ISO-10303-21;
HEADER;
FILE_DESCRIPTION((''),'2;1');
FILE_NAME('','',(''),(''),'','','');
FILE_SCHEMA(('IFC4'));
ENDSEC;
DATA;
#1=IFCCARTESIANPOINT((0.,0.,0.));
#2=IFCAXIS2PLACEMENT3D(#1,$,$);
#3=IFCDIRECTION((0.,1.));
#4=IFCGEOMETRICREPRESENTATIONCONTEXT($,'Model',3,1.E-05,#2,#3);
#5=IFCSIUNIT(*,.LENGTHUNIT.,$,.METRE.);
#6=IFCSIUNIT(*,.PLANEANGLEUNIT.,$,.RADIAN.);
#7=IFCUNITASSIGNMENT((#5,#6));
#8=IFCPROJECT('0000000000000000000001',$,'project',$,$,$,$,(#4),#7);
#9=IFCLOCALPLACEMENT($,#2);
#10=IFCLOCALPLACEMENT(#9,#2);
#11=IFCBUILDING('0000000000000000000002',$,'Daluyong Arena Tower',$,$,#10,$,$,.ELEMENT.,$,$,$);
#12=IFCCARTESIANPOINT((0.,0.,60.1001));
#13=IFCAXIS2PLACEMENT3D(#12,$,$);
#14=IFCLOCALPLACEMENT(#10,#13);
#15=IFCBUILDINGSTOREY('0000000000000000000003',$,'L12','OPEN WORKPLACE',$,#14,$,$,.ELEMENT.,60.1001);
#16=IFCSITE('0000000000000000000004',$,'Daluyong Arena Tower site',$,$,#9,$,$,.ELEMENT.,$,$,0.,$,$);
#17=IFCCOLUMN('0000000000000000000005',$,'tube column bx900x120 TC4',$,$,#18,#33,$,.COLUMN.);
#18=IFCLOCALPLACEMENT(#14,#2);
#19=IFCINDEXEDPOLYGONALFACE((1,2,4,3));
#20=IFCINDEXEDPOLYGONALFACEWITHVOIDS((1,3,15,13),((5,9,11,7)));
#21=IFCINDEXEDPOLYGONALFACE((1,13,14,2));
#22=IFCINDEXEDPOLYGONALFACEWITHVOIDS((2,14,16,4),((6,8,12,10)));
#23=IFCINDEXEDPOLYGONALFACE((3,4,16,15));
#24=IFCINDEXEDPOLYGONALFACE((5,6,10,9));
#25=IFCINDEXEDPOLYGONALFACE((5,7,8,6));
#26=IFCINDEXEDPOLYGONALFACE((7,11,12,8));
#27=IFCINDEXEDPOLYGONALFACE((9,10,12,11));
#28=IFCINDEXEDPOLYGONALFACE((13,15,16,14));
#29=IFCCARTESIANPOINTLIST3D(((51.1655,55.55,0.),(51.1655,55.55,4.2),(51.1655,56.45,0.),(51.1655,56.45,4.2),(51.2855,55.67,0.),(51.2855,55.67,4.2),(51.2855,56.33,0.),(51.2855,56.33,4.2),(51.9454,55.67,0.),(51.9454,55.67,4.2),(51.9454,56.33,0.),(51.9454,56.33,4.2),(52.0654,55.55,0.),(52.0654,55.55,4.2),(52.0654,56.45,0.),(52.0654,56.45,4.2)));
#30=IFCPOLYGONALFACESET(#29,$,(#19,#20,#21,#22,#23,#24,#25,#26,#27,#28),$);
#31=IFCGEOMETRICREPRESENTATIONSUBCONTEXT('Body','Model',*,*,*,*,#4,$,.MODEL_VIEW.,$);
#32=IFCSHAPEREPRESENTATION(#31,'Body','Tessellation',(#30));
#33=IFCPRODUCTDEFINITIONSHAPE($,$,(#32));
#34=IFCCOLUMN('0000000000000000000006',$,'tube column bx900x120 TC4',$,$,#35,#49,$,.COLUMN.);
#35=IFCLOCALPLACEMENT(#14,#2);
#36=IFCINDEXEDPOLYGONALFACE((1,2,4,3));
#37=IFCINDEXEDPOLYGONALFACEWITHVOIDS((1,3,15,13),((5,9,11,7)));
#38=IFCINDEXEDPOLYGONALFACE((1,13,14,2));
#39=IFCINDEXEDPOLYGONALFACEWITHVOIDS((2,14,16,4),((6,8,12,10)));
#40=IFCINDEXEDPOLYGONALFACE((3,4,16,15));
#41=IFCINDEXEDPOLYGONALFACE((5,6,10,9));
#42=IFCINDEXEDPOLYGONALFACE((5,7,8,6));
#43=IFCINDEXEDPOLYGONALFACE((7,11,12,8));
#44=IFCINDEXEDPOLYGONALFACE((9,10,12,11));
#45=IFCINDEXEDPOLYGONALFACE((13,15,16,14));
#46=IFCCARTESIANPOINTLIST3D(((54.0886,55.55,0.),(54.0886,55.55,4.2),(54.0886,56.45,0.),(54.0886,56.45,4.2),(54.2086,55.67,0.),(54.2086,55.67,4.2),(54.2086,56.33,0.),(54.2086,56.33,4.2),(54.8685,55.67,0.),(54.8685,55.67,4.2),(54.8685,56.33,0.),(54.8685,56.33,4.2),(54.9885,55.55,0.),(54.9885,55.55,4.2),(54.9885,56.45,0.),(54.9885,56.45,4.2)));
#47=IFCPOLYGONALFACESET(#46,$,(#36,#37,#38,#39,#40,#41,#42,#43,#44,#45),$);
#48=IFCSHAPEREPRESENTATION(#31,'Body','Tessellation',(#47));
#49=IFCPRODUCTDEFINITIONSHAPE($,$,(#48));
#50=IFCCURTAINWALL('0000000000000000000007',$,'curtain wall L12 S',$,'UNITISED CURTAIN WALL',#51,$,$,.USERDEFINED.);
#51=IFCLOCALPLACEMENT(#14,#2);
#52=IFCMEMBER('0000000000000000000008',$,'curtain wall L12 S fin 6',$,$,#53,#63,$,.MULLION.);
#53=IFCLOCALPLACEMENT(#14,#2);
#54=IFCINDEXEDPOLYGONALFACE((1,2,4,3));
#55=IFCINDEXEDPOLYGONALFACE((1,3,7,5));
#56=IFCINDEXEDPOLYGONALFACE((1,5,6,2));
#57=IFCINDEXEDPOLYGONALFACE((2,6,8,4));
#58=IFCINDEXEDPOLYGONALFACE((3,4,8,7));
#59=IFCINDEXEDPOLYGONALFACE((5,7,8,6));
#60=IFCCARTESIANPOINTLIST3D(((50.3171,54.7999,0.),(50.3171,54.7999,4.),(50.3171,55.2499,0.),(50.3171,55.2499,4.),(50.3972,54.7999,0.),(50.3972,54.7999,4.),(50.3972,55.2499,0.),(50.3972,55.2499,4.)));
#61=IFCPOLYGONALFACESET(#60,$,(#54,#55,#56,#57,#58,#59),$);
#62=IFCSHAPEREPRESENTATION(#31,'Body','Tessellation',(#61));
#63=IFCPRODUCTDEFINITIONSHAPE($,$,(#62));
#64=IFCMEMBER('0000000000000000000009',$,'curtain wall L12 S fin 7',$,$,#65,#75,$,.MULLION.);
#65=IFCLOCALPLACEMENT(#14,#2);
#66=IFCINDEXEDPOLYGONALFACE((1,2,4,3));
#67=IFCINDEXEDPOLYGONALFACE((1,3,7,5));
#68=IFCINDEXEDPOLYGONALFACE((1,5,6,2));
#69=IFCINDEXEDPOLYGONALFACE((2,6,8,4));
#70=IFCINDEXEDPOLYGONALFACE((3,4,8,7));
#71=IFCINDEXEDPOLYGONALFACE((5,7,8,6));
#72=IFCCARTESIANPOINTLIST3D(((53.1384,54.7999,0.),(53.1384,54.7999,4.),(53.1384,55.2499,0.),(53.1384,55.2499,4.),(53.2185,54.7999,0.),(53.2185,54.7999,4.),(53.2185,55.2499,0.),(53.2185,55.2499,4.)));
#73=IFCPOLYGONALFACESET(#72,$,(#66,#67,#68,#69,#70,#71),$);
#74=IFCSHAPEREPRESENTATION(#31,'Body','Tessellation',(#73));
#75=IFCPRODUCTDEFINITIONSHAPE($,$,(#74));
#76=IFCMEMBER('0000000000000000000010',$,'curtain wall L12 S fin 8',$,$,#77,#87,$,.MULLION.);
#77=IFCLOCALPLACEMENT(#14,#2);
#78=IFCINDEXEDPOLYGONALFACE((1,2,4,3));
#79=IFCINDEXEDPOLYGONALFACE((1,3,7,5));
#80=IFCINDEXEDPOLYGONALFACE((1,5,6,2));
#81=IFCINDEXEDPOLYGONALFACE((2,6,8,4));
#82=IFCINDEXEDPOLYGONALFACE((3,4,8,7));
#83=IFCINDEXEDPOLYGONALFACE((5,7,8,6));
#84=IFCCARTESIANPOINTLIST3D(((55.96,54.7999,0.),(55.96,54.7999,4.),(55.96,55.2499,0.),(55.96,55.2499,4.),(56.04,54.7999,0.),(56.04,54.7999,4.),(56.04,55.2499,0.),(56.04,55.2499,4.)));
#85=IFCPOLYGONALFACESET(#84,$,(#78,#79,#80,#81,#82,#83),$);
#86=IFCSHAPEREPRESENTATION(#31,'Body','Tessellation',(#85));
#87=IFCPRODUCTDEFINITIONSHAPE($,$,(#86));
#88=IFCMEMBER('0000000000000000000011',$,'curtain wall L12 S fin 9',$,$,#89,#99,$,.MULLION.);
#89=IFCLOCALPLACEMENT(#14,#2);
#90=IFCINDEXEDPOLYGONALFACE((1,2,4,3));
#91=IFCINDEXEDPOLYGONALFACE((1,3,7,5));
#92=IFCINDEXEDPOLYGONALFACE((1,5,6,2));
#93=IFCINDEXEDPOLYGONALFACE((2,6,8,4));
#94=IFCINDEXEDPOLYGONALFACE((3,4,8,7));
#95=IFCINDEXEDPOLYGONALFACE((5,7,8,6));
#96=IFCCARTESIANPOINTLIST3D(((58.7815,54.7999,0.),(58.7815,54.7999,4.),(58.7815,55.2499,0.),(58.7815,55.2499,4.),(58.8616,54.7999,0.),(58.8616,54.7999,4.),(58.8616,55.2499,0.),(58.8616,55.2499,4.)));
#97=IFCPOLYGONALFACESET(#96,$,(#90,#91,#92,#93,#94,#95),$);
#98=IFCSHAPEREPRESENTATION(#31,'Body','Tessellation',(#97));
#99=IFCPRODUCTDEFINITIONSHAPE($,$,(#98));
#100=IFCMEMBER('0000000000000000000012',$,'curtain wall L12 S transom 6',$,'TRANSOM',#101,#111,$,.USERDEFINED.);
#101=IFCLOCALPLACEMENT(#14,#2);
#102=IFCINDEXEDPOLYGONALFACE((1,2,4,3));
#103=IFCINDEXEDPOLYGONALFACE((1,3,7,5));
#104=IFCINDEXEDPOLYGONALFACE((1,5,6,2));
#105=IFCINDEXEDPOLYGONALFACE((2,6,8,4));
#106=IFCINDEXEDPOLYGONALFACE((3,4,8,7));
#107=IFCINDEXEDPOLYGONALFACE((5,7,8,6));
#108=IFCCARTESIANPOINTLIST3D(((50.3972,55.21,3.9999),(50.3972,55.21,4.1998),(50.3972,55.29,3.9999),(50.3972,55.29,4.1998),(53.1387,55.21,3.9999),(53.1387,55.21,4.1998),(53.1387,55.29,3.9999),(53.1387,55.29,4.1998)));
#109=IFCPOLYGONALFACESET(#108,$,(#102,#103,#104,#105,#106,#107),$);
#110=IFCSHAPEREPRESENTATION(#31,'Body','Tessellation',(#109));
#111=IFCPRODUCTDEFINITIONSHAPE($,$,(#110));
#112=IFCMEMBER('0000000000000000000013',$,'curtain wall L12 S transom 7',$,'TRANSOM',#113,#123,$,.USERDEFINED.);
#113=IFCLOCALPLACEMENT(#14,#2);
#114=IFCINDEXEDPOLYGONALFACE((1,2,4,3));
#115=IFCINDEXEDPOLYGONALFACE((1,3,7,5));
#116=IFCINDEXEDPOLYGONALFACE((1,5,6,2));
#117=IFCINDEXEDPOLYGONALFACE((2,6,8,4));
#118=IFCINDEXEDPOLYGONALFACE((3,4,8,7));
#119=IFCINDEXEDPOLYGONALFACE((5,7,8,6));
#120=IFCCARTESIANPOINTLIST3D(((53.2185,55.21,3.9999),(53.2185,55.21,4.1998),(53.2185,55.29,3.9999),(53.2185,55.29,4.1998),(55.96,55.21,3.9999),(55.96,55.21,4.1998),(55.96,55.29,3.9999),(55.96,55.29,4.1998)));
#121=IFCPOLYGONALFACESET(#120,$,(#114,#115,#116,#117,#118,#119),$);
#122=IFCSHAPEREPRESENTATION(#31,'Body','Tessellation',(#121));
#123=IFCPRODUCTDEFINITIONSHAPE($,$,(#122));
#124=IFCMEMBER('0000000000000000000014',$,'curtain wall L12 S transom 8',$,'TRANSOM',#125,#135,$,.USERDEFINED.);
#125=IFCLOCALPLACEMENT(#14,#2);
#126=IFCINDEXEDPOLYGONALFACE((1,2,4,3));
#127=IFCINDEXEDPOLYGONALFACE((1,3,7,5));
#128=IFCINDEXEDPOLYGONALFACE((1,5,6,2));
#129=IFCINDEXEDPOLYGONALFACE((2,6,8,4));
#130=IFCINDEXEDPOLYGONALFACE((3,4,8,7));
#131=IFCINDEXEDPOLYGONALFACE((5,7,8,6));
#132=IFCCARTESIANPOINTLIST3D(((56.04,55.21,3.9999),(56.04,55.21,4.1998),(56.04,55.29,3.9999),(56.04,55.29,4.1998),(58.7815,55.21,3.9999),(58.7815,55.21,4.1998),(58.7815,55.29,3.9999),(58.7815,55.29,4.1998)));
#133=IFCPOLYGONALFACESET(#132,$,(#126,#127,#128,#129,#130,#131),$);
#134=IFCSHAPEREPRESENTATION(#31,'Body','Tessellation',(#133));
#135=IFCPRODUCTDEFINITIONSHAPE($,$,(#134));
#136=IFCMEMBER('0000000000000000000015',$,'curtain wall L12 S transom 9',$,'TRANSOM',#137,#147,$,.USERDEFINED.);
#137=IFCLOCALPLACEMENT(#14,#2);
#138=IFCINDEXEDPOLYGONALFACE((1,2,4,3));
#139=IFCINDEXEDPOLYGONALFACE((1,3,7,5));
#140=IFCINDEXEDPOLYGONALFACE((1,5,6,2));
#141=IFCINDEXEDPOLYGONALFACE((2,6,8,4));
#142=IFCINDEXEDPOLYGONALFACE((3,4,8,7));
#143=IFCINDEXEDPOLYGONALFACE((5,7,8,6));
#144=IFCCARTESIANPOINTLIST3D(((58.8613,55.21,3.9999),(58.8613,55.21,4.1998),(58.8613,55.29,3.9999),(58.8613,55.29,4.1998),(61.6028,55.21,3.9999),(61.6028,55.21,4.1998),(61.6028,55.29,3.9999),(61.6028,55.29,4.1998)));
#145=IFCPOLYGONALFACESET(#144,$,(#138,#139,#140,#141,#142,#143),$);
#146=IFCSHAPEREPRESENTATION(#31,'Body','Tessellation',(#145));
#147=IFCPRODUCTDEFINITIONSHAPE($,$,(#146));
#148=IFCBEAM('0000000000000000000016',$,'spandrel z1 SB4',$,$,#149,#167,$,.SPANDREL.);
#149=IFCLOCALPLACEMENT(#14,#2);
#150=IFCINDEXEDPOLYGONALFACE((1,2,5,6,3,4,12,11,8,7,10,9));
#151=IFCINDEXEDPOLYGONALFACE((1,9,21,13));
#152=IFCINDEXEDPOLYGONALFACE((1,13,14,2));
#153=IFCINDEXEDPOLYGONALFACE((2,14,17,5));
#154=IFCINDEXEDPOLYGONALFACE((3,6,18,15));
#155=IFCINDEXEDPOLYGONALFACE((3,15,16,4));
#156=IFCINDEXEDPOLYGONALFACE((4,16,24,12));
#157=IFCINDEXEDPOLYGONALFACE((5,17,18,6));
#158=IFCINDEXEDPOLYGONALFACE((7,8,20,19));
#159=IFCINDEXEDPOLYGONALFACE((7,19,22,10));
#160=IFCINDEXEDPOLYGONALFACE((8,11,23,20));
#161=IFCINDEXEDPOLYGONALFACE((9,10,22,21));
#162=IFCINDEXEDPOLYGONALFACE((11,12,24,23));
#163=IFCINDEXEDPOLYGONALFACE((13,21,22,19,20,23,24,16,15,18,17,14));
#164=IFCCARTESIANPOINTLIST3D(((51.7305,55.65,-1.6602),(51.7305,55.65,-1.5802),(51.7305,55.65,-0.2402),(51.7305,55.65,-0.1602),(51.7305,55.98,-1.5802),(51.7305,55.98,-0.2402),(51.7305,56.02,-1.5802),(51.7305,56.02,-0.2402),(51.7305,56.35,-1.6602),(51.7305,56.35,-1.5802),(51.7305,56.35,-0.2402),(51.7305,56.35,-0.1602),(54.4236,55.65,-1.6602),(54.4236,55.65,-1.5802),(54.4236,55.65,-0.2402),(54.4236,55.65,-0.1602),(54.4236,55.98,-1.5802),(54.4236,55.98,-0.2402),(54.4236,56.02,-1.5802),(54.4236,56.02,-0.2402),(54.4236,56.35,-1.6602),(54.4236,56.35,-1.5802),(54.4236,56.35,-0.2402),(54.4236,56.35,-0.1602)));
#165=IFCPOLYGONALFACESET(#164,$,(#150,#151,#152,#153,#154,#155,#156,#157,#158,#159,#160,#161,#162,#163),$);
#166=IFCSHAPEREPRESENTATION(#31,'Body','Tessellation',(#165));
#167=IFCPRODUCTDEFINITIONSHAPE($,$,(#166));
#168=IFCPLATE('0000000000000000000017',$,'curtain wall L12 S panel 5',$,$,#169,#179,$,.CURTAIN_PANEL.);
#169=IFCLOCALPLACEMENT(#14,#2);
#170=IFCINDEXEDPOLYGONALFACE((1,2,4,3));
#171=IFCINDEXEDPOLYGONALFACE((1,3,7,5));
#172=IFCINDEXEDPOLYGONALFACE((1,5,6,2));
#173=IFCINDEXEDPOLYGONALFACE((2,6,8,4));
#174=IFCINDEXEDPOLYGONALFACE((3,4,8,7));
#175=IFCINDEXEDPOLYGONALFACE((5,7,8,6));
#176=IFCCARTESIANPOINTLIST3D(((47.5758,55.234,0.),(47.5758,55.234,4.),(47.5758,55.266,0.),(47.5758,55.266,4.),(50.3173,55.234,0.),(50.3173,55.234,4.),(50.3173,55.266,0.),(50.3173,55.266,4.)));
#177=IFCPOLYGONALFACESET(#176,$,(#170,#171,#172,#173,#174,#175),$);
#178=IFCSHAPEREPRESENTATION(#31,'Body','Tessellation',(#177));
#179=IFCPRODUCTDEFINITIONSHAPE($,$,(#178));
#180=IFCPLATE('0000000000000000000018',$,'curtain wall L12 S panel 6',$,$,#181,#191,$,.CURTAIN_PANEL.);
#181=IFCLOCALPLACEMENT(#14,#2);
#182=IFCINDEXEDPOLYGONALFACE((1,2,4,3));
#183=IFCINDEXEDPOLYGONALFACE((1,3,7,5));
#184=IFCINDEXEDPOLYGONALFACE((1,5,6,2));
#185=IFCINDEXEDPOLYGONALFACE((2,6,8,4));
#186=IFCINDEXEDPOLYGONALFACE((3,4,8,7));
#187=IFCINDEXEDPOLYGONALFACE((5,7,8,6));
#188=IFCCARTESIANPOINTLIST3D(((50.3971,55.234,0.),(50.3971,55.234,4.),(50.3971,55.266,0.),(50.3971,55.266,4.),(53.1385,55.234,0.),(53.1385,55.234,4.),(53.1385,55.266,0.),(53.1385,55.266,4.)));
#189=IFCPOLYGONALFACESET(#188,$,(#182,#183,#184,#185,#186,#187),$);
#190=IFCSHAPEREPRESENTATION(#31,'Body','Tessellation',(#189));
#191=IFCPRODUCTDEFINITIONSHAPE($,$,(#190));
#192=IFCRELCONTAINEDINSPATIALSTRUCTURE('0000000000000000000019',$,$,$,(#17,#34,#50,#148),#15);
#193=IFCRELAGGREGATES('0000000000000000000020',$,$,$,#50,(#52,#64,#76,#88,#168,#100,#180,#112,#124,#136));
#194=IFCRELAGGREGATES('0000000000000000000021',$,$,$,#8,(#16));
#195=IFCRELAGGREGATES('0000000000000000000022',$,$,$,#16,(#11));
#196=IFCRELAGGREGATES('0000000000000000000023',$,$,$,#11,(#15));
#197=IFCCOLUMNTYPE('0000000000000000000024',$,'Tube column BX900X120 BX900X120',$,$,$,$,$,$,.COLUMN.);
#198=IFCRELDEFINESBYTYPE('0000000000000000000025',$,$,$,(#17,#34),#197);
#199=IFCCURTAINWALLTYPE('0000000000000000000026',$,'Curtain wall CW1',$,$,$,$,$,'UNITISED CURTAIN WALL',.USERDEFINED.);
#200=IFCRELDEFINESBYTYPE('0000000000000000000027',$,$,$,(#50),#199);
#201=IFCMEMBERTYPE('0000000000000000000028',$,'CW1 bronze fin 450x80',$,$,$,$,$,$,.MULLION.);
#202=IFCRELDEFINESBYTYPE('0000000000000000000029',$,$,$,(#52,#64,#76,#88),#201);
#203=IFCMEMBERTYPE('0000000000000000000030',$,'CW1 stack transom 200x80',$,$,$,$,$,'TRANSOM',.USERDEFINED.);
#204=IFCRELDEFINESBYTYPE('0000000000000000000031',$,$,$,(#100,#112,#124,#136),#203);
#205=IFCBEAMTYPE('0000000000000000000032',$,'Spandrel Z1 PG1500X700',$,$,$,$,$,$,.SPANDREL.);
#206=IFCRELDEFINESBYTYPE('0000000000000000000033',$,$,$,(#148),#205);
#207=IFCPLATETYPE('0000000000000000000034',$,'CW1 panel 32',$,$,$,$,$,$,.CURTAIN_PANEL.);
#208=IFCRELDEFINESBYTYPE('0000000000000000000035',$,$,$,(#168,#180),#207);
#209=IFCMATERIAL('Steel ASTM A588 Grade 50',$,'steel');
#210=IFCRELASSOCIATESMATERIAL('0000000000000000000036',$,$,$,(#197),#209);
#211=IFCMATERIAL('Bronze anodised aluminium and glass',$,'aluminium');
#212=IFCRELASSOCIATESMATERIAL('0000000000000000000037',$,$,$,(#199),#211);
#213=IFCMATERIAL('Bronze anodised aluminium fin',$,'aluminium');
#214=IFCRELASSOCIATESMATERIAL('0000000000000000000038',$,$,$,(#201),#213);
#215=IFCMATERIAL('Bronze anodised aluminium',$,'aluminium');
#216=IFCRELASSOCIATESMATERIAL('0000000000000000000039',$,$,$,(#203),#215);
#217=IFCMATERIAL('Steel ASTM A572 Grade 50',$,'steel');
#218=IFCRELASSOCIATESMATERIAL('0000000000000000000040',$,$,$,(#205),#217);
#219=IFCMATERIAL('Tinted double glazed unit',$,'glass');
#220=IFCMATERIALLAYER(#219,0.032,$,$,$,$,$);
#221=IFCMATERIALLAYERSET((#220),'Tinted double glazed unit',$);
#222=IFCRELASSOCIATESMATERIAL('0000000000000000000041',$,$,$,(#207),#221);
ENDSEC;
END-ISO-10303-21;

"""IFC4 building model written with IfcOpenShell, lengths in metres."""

from ifc_helpers import new_model, si_unit, direction, frame, origin, origin_2d, place, context, subcontext, project, spatial, rectangle, hollow_rectangle, i_section, extrude, material, layer, layer_set, material_profile, profile_set, type_object, element, aggregate, save


model = new_model("IFC4")

# Units and contexts
model_context = context("Model", 3, precision=1e-05, world=origin(), true_north=direction((0.0, 1.0)))
body_context = subcontext(model_context, "Body", "Model", "MODEL_VIEW")
ifc_project = project(units=[si_unit("LENGTHUNIT", "METRE"), si_unit("PLANEANGLEUNIT", "RADIAN")], contexts=[model_context])

# Site, building, storey
site_placement = place(None, origin())
site = spatial("IfcSite", under=ifc_project, at=site_placement, Name="Daluyong Arena Tower site", CompositionType="ELEMENT", RefElevation=0.0)
building_placement = place(site_placement, origin())
building = spatial("IfcBuilding", under=site, at=building_placement, Name="Daluyong Arena Tower", CompositionType="ELEMENT")
storey_placement = place(building_placement, frame((0.0, 0.0, 60.1001)))
storey = spatial("IfcBuildingStorey", under=building, at=storey_placement, Name="L12", Description="OPEN WORKPLACE", CompositionType="ELEMENT", Elevation=60.1001)

# Columns
ifc_material_1 = material(Name="Steel ASTM A588 Grade 50", Category="steel")
ifc_material_profile_1 = material_profile(ifc_material_1, hollow_rectangle(XDim=0.8999, YDim=0.8999, WallThickness=0.12, at=origin_2d()))
ifc_profile_set_1 = profile_set([ifc_material_profile_1], Name="Steel ASTM A588 Grade 50")
column_type = type_object("IfcColumnType", Name="Tube column BX900X120 BX900X120", PredefinedType="COLUMN", material=ifc_profile_set_1)
for number, where, z_axis, x_axis, name in (
    (1, (51.6155, 56.0, 0.0), (0.0, 0.0, 1.0), (1.0, 0.0, 0.0), "tube column bx900x120 TC4"),
    (2, (54.5386, 56.0, 0.0), (0.0, 0.0, 1.0), (1.0, 0.0, 0.0), "tube column bx900x120 TC4"),
):
    element("IfcColumn", number, at=place(storey_placement, frame(where, z_axis=z_axis, x_axis=x_axis)), inside=storey, type_object=column_type, Name=name, PredefinedType="COLUMN", context=body_context, shape_type="SweptSolid", body=[
        extrude(hollow_rectangle(XDim=0.8999, YDim=0.8999, WallThickness=0.12, at=origin_2d()), origin(), (0.0, 0.0, 1.0), 4.2),
    ])

# Curtain wall, members
ifc_material_2 = material(Name="Bronze anodised aluminium and glass", Category="aluminium")
curtain_wall_type = type_object("IfcCurtainWallType", Name="Curtain wall CW1", ElementType="UNITISED CURTAIN WALL", PredefinedType="USERDEFINED", material=ifc_material_2)
curtain_wall_placement = place(storey_placement, origin())
curtain_wall = element("IfcCurtainWall", 3, at=curtain_wall_placement, inside=storey, type_object=curtain_wall_type, Name="curtain wall L12 S", ObjectType="UNITISED CURTAIN WALL", PredefinedType="USERDEFINED")
ifc_material_3 = material(Name="Bronze anodised aluminium fin", Category="aluminium")
ifc_material_profile_2 = material_profile(ifc_material_3, rectangle(XDim=0.45, YDim=0.0801, at=origin_2d()))
ifc_profile_set_2 = profile_set([ifc_material_profile_2], Name="Bronze anodised aluminium fin")
member_type_1 = type_object("IfcMemberType", Name="CW1 bronze fin 450x80", PredefinedType="MULLION", material=ifc_profile_set_2)
member_1_placement = place(storey_placement, frame((50.3572, 55.0249, 0.0), z_axis=(0.0, 0.0, 1.0), x_axis=(0.0, 1.0, 0.0)))
member_1 = element("IfcMember", 4, at=member_1_placement, type_object=member_type_1, Name="curtain wall L12 S fin 6", PredefinedType="MULLION", context=body_context, shape_type="SweptSolid", body=[
    extrude(rectangle(XDim=0.45, YDim=0.0801, at=origin_2d()), origin(), (0.0, 0.0, 1.0), 4.0),
])
member_2_placement = place(storey_placement, frame((53.1785, 55.0249, 0.0), z_axis=(0.0, 0.0, 1.0), x_axis=(0.0, 1.0, 0.0)))
member_2 = element("IfcMember", 5, at=member_2_placement, type_object=member_type_1, Name="curtain wall L12 S fin 7", PredefinedType="MULLION", context=body_context, shape_type="SweptSolid", body=[
    extrude(rectangle(XDim=0.45, YDim=0.0801, at=origin_2d()), origin(), (0.0, 0.0, 1.0), 4.0),
])
member_3_placement = place(storey_placement, frame((56.0, 55.0249, 0.0), z_axis=(0.0, 0.0, 1.0), x_axis=(0.0, 1.0, 0.0)))
member_3 = element("IfcMember", 6, at=member_3_placement, type_object=member_type_1, Name="curtain wall L12 S fin 8", PredefinedType="MULLION", context=body_context, shape_type="SweptSolid", body=[
    extrude(rectangle(XDim=0.45, YDim=0.0801, at=origin_2d()), origin(), (0.0, 0.0, 1.0), 4.0),
])
member_4_placement = place(storey_placement, frame((58.8215, 55.0249, 0.0), z_axis=(0.0, 0.0, 1.0), x_axis=(0.0, 1.0, 0.0)))
member_4 = element("IfcMember", 7, at=member_4_placement, type_object=member_type_1, Name="curtain wall L12 S fin 9", PredefinedType="MULLION", context=body_context, shape_type="SweptSolid", body=[
    extrude(rectangle(XDim=0.45, YDim=0.0801, at=origin_2d()), origin(), (0.0, 0.0, 1.0), 4.0),
])
ifc_material_4 = material(Name="Bronze anodised aluminium", Category="aluminium")
ifc_material_profile_3 = material_profile(ifc_material_4, rectangle(XDim=0.0801, YDim=0.2, at=origin_2d()))
ifc_profile_set_3 = profile_set([ifc_material_profile_3], Name="Bronze anodised aluminium")
member_type_2 = type_object("IfcMemberType", Name="CW1 stack transom 200x80", ElementType="TRANSOM", PredefinedType="USERDEFINED", material=ifc_profile_set_3)
member_5_placement = place(storey_placement, frame((50.3972, 55.25, 4.0999), z_axis=(1.0, 0.0, 0.0), x_axis=(0.0, 1.0, 0.0)))
member_5 = element("IfcMember", 8, at=member_5_placement, type_object=member_type_2, Name="curtain wall L12 S transom 6", ObjectType="TRANSOM", PredefinedType="USERDEFINED", context=body_context, shape_type="SweptSolid", body=[
    extrude(rectangle(XDim=0.0801, YDim=0.2, at=origin_2d()), origin(), (0.0, 0.0, 1.0), 2.7415),
])
member_6_placement = place(storey_placement, frame((53.2185, 55.25, 4.0999), z_axis=(1.0, 0.0, 0.0), x_axis=(0.0, 1.0, 0.0)))
member_6 = element("IfcMember", 9, at=member_6_placement, type_object=member_type_2, Name="curtain wall L12 S transom 7", ObjectType="TRANSOM", PredefinedType="USERDEFINED", context=body_context, shape_type="SweptSolid", body=[
    extrude(rectangle(XDim=0.0801, YDim=0.2, at=origin_2d()), origin(), (0.0, 0.0, 1.0), 2.7415),
])
member_7_placement = place(storey_placement, frame((56.04, 55.25, 4.0999), z_axis=(1.0, 0.0, 0.0), x_axis=(0.0, 1.0, 0.0)))
member_7 = element("IfcMember", 10, at=member_7_placement, type_object=member_type_2, Name="curtain wall L12 S transom 8", ObjectType="TRANSOM", PredefinedType="USERDEFINED", context=body_context, shape_type="SweptSolid", body=[
    extrude(rectangle(XDim=0.0801, YDim=0.2, at=origin_2d()), origin(), (0.0, 0.0, 1.0), 2.7415),
])
member_8_placement = place(storey_placement, frame((58.8613, 55.25, 4.0999), z_axis=(1.0, 0.0, 0.0), x_axis=(0.0, 1.0, 0.0)))
member_8 = element("IfcMember", 11, at=member_8_placement, type_object=member_type_2, Name="curtain wall L12 S transom 9", ObjectType="TRANSOM", PredefinedType="USERDEFINED", context=body_context, shape_type="SweptSolid", body=[
    extrude(rectangle(XDim=0.0801, YDim=0.2, at=origin_2d()), origin(), (0.0, 0.0, 1.0), 2.7415),
])

# Beam
ifc_material_5 = material(Name="Steel ASTM A572 Grade 50", Category="steel")
ifc_material_profile_4 = material_profile(ifc_material_5, i_section(OverallWidth=0.7, OverallDepth=1.5, WebThickness=0.04, FlangeThickness=0.08, at=origin_2d()))
ifc_profile_set_4 = profile_set([ifc_material_profile_4], Name="Steel ASTM A572 Grade 50")
beam_type = type_object("IfcBeamType", Name="Spandrel Z1 PG1500X700", PredefinedType="SPANDREL", material=ifc_profile_set_4)
beam_placement = place(storey_placement, frame((51.7305, 56.0, -0.9102), z_axis=(1.0, 0.0, 0.0), x_axis=(0.0, 1.0, 0.0)))
element("IfcBeam", 12, at=beam_placement, inside=storey, type_object=beam_type, Name="spandrel z1 SB4", PredefinedType="SPANDREL", context=body_context, shape_type="SweptSolid", body=[
    extrude(i_section(OverallWidth=0.7, OverallDepth=1.5, WebThickness=0.04, FlangeThickness=0.08, at=origin_2d()), origin(), (0.0, 0.0, 1.0), 2.6931),
])

# Plates
ifc_material_6 = material(Name="Tinted double glazed unit", Category="glass")
ifc_layer = layer(ifc_material_6, 0.032)
ifc_layer_set = layer_set([ifc_layer], Name="Tinted double glazed unit")
plate_type = type_object("IfcPlateType", Name="CW1 panel 32", PredefinedType="CURTAIN_PANEL", material=ifc_layer_set)
plate_1_placement = place(storey_placement, frame((48.9465, 55.25, 0.0), z_axis=(0.0, 0.0, 1.0), x_axis=(1.0, 0.0, 0.0)))
plate_1 = element("IfcPlate", 13, at=plate_1_placement, type_object=plate_type, Name="curtain wall L12 S panel 5", PredefinedType="CURTAIN_PANEL", context=body_context, shape_type="SweptSolid", body=[
    extrude(rectangle(XDim=2.7415, YDim=0.032, at=origin_2d()), origin(), (0.0, 0.0, 1.0), 4.0),
])
plate_2_placement = place(storey_placement, frame((51.7678, 55.25, 0.0), z_axis=(0.0, 0.0, 1.0), x_axis=(1.0, 0.0, 0.0)))
plate_2 = element("IfcPlate", 14, at=plate_2_placement, type_object=plate_type, Name="curtain wall L12 S panel 6", PredefinedType="CURTAIN_PANEL", context=body_context, shape_type="SweptSolid", body=[
    extrude(rectangle(XDim=2.7415, YDim=0.032, at=origin_2d()), origin(), (0.0, 0.0, 1.0), 4.0),
])
aggregate(curtain_wall, [member_1, member_2, member_3, member_4, plate_1, member_5, plate_2, member_6, member_7, member_8])

save(model, "model.ifc")
